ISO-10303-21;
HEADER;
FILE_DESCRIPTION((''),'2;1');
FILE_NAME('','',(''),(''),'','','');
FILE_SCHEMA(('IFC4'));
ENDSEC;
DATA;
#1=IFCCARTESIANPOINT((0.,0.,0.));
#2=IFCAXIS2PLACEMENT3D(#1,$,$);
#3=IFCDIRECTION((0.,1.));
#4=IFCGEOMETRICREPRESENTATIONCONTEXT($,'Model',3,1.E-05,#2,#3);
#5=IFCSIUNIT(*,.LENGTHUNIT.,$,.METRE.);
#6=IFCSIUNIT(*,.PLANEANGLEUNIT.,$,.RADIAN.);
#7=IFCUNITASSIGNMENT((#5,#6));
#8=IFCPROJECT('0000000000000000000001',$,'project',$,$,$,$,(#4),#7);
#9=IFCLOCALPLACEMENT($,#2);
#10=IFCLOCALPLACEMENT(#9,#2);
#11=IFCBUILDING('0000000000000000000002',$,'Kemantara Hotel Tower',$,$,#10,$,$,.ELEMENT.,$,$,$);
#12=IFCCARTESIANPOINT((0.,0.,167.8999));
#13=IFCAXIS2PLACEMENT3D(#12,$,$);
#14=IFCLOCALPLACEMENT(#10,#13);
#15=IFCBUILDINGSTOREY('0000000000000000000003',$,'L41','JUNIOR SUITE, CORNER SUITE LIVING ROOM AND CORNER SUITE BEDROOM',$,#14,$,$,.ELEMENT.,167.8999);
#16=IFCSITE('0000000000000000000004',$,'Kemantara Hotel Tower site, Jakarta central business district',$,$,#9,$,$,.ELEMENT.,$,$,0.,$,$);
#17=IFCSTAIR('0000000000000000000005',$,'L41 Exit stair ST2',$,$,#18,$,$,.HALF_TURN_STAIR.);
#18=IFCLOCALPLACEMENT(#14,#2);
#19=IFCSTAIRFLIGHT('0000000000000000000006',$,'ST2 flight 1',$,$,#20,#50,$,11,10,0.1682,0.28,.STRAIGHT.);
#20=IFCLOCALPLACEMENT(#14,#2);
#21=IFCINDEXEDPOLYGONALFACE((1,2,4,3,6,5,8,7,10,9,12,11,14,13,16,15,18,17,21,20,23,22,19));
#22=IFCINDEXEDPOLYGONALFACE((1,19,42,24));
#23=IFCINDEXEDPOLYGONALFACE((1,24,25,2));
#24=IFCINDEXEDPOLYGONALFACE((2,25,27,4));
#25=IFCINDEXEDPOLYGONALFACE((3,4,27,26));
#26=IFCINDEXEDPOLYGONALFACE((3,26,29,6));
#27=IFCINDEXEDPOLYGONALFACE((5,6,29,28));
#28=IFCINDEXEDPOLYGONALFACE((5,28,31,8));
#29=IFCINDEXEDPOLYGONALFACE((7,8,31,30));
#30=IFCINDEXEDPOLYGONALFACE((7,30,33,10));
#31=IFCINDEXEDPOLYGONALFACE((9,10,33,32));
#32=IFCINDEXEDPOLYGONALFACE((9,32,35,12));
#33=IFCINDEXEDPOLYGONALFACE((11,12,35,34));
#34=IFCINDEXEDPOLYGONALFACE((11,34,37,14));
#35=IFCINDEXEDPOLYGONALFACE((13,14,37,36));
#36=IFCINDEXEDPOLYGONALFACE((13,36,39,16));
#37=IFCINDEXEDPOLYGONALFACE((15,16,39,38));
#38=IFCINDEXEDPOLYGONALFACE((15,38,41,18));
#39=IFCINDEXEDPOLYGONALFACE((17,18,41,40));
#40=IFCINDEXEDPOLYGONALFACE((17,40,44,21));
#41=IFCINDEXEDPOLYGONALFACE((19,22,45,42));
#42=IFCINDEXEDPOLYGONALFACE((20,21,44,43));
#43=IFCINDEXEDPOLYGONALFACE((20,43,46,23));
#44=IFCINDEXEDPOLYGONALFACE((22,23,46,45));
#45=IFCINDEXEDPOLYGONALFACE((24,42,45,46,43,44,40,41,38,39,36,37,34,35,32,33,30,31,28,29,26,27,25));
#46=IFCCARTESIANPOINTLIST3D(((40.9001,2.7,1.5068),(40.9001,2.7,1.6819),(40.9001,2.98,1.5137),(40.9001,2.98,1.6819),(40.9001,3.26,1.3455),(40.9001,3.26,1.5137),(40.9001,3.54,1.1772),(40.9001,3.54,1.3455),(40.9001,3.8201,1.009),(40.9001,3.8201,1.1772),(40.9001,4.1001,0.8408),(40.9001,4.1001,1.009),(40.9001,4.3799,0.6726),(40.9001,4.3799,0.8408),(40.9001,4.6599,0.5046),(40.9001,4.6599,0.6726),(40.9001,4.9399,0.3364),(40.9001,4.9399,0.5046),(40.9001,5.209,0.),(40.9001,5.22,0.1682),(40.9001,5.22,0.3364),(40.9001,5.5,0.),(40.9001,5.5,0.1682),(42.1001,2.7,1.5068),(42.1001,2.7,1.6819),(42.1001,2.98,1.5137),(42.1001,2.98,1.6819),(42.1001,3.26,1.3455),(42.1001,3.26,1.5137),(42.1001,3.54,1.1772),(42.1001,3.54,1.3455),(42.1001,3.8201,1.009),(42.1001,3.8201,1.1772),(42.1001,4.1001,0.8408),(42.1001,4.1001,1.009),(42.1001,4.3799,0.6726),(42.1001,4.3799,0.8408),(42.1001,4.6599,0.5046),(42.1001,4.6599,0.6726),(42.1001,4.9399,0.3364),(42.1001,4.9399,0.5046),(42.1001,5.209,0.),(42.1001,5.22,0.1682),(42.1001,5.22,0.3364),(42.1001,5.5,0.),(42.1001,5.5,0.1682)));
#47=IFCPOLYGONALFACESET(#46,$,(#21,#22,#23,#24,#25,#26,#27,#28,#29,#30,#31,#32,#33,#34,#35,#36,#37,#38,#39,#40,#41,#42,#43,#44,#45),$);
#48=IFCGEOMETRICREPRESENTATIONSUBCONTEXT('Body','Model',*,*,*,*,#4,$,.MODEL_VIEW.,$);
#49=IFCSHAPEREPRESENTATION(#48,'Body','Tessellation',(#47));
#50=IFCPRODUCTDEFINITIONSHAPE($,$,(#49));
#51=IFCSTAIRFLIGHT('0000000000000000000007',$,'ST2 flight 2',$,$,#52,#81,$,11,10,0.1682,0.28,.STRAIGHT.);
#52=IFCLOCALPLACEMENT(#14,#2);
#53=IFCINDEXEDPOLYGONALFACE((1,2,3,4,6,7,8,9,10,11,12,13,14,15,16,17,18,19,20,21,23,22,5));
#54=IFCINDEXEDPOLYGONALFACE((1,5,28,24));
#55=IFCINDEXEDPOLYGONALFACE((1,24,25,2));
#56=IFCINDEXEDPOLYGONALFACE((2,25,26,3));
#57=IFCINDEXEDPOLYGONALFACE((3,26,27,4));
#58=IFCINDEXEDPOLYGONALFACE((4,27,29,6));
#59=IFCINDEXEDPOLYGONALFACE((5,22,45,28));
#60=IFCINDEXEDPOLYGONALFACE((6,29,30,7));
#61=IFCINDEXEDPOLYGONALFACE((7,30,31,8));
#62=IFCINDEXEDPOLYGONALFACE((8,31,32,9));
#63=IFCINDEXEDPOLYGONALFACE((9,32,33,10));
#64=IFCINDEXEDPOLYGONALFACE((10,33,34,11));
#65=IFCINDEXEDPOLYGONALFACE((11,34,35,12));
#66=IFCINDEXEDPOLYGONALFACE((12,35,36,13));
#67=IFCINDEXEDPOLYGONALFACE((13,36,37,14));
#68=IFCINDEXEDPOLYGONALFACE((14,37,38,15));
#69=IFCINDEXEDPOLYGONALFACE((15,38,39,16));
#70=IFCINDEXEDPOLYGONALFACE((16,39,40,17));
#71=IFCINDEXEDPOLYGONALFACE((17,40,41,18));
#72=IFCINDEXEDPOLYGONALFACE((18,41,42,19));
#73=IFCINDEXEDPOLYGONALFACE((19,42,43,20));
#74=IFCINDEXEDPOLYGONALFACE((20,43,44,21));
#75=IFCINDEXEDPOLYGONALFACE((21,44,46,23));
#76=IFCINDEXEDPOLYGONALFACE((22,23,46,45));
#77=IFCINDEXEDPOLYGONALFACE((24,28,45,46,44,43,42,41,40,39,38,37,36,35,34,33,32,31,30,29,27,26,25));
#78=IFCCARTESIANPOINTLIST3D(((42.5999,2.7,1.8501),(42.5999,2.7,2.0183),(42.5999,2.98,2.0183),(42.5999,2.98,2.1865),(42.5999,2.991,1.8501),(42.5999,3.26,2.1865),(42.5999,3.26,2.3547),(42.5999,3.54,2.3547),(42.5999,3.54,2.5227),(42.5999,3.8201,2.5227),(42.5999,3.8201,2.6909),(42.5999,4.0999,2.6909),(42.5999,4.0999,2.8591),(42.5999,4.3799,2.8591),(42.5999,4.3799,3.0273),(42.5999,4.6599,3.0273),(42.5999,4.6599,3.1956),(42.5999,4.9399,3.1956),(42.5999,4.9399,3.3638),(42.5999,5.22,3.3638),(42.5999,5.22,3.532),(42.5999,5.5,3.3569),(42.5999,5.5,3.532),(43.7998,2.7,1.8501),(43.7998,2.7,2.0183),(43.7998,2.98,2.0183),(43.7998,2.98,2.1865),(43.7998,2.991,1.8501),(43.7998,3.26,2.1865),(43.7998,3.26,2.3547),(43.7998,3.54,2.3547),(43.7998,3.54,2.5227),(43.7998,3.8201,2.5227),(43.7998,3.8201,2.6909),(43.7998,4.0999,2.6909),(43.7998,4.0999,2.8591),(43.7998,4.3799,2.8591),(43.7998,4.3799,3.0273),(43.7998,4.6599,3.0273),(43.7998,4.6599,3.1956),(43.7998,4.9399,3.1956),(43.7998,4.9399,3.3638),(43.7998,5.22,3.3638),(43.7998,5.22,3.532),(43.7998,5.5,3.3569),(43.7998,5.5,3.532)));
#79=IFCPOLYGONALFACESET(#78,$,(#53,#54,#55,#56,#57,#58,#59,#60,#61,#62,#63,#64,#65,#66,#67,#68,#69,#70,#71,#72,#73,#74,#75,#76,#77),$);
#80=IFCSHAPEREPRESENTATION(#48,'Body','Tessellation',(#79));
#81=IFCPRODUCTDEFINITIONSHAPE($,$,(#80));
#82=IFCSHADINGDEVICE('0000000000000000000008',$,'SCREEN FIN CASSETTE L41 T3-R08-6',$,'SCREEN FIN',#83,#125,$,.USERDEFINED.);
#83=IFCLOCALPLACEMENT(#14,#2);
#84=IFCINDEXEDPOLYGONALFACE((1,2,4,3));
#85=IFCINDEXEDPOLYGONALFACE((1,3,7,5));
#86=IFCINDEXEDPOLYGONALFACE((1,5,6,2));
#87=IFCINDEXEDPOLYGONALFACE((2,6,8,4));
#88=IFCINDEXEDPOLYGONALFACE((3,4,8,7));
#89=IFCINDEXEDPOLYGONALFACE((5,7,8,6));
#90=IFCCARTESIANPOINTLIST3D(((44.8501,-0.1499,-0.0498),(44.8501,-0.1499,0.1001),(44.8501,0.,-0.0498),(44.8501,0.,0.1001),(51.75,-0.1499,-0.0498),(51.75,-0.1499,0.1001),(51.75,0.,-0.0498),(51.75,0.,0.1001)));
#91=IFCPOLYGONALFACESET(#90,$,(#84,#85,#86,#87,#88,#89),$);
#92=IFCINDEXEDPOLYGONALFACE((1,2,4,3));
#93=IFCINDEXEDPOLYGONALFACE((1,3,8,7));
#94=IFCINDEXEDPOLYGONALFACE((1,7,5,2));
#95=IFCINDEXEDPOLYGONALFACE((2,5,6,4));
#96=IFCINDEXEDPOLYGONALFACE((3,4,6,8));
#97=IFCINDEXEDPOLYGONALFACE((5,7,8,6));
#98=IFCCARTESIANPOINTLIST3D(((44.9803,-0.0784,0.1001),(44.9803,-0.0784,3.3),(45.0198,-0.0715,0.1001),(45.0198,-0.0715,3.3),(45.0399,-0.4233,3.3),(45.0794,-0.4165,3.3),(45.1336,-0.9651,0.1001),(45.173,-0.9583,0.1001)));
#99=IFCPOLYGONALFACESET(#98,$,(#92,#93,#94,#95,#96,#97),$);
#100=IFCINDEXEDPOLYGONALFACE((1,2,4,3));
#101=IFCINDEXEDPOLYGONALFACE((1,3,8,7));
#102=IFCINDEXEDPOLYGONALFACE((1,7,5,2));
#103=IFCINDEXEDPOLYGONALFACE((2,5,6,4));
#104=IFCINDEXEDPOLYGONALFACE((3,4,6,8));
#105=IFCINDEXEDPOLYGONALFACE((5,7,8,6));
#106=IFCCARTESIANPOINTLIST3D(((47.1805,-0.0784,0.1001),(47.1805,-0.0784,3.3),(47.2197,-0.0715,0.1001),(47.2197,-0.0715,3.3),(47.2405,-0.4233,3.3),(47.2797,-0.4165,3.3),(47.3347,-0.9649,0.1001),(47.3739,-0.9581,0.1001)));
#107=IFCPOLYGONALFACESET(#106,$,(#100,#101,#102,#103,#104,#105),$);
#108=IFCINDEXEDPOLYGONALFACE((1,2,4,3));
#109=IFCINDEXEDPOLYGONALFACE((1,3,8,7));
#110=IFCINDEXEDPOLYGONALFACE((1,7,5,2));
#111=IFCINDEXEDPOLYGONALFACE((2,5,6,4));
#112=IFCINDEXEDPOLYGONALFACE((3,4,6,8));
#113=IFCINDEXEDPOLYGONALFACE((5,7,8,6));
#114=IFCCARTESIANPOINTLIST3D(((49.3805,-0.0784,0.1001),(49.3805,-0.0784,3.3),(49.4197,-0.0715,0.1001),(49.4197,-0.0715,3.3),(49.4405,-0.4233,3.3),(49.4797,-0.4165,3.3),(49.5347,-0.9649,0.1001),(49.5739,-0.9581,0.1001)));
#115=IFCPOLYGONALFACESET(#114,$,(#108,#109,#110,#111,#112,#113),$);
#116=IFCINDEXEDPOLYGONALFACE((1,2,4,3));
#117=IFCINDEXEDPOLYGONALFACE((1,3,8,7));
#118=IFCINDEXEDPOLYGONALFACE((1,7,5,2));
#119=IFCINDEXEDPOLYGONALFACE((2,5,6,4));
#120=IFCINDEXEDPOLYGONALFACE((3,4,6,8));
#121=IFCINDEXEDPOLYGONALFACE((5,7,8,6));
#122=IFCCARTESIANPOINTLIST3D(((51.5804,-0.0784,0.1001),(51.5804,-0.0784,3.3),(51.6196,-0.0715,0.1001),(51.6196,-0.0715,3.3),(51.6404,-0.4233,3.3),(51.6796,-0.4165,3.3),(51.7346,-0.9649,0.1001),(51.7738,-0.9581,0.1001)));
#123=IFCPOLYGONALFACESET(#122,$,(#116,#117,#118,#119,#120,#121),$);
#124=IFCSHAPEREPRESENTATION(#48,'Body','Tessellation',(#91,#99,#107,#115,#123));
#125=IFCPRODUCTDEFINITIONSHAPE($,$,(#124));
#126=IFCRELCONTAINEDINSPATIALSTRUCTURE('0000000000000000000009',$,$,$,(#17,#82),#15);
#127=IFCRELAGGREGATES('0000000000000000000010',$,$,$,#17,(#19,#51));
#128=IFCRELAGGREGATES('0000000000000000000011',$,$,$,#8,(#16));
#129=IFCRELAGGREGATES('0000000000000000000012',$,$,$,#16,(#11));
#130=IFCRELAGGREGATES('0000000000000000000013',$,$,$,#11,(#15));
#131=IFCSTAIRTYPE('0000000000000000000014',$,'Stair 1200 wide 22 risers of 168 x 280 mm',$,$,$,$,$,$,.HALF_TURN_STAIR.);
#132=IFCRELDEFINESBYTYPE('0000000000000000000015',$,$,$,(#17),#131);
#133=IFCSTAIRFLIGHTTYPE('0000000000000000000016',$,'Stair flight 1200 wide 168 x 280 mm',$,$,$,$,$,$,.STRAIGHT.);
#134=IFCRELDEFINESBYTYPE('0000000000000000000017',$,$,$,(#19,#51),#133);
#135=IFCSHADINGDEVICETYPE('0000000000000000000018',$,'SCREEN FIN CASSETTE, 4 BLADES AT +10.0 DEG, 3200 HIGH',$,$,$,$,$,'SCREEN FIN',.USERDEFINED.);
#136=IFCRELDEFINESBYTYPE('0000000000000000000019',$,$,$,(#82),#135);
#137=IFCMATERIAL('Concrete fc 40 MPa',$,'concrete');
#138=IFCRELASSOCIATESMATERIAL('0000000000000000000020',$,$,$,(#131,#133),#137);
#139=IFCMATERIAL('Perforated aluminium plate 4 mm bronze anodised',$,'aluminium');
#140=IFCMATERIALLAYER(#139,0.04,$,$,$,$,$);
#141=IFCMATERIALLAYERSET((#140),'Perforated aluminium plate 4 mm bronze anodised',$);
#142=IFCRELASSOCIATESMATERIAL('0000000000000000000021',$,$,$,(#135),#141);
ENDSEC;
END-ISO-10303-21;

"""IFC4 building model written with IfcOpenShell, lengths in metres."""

from ifc_helpers import new_model, si_unit, direction, frame, origin, origin_2d, place, context, subcontext, project, spatial, polyline, rectangle, outline, extrude, source, transform, mapped, material, layer, layer_set, type_object, element, aggregate, save


model = new_model("IFC4")

# Units and contexts
model_context = context("Model", 3, precision=1e-05, world=origin(), true_north=direction((0.0, 1.0)))
body_context = subcontext(model_context, "Body", "Model", "MODEL_VIEW")
ifc_project = project(units=[si_unit("LENGTHUNIT", "METRE"), si_unit("PLANEANGLEUNIT", "RADIAN")], contexts=[model_context])

# Site, building, storey
site_placement = place(None, origin())
site = spatial("IfcSite", under=ifc_project, at=site_placement, Name="Kemantara Hotel Tower site, Jakarta central business district", CompositionType="ELEMENT", RefElevation=0.0)
building_placement = place(site_placement, origin())
building = spatial("IfcBuilding", under=site, at=building_placement, Name="Kemantara Hotel Tower", CompositionType="ELEMENT")
storey_placement = place(building_placement, frame((0.0, 0.0, 167.8999)))
storey = spatial("IfcBuildingStorey", under=building, at=storey_placement, Name="L41", Description="JUNIOR SUITE, CORNER SUITE LIVING ROOM AND CORNER SUITE BEDROOM", CompositionType="ELEMENT", Elevation=167.8999)

# Stair, stair flights
ifc_material_1 = material(Name="Concrete fc 40 MPa", Category="concrete")
stair_type = type_object("IfcStairType", Name="Stair 1200 wide 22 risers of 168 x 280 mm", PredefinedType="HALF_TURN_STAIR", material=ifc_material_1)
stair_placement = place(storey_placement, origin())
stair = element("IfcStair", 1, at=stair_placement, inside=storey, type_object=stair_type, Name="L41 Exit stair ST2", PredefinedType="HALF_TURN_STAIR")
stair_flight_type = type_object("IfcStairFlightType", Name="Stair flight 1200 wide 168 x 280 mm", PredefinedType="STRAIGHT", material=ifc_material_1)
stair_flight_1_placement = place(storey_placement, frame((41.5, 5.5, 0.0), z_axis=(0.0, 0.0, 1.0), x_axis=(0.0, -1.0, 0.0)))
stair_flight_1 = element("IfcStairFlight", 2, at=stair_flight_1_placement, type_object=stair_flight_type, Name="ST2 flight 1", NumberOfRisers=11, NumberOfTreads=10, PredefinedType="STRAIGHT", RiserHeight=0.1682, TreadLength=0.28, context=body_context, shape_type="SweptSolid", body=[
    extrude(outline(polyline([(0.0, 0.0), (0.0, 0.1682), (0.28, 0.1682), (0.28, 0.3364), (0.5601, 0.3364), (0.5601, 0.5046), (0.8401, 0.5046), (0.8401, 0.6726), (1.1201, 0.6726), (1.1201, 0.8408), (1.3999, 0.8408), (1.3999, 1.009), (1.6799, 1.009), (1.6799, 1.1772), (1.96, 1.1772), (1.96, 1.3455), (2.24, 1.3455), (2.24, 1.5137), (2.52, 1.5137), (2.52, 1.6819), (2.8, 1.6819), (2.8, 1.8501), (2.8, 1.5068), (0.291, 0.0), (0.0, 0.0)])), frame((0.0, 0.6001, 0.0), z_axis=(0.0, -1.0, 0.0), x_axis=(1.0, 0.0, 0.0)), (0.0, 0.0, 1.0), 1.2),
])
stair_flight_2_placement = place(storey_placement, frame((43.2, 2.7, 1.8501), z_axis=(0.0, 0.0, 1.0), x_axis=(0.0, 1.0, 0.0)))
stair_flight_2 = element("IfcStairFlight", 3, at=stair_flight_2_placement, type_object=stair_flight_type, Name="ST2 flight 2", NumberOfRisers=11, NumberOfTreads=10, PredefinedType="STRAIGHT", RiserHeight=0.1682, TreadLength=0.28, context=body_context, shape_type="SweptSolid", body=[
    extrude(outline(polyline([(0.0, 0.0), (0.0, 0.1682), (0.28, 0.1682), (0.28, 0.3364), (0.5601, 0.3364), (0.5601, 0.5046), (0.8401, 0.5046), (0.8401, 0.6726), (1.1201, 0.6726), (1.1201, 0.8408), (1.3999, 0.8408), (1.3999, 1.009), (1.6799, 1.009), (1.6799, 1.1772), (1.96, 1.1772), (1.96, 1.3455), (2.24, 1.3455), (2.24, 1.5137), (2.52, 1.5137), (2.52, 1.6819), (2.8, 1.6819), (2.8, 1.8501), (2.8, 1.5068), (0.291, 0.0), (0.0, 0.0)])), frame((0.0, 0.6001, 0.0), z_axis=(0.0, -1.0, 0.0), x_axis=(1.0, 0.0, 0.0)), (0.0, 0.0, 1.0), 1.2),
])
aggregate(stair, [stair_flight_1, stair_flight_2])

# Shading device
ifc_material_2 = material(Name="Perforated aluminium plate 4 mm bronze anodised", Category="aluminium")
ifc_layer_1 = layer(ifc_material_2, 0.04)
ifc_layer_set_1 = layer_set([ifc_layer_1], Name="Perforated aluminium plate 4 mm bronze anodised")
shading_device_type = type_object("IfcShadingDeviceType", Name="SCREEN FIN CASSETTE, 4 BLADES AT +10.0 DEG, 3200 HIGH", ElementType="SCREEN FIN", PredefinedType="USERDEFINED", material=ifc_layer_set_1)
shared_shape = source(origin(), body_context, "Body", "SweptSolid", [
    extrude(rectangle(XDim=6.8999, YDim=0.1499, at=origin_2d()), frame((3.3, -0.075, -0.1499), z_axis=(0.0, 0.0, 1.0), x_axis=(1.0, 0.0, 0.0)), (0.0, 0.0, 1.0), 0.1499),
    extrude(outline(polyline([(0.0, 0.0), (0.8999, 0.0), (0.3501, 3.2), (0.0, 3.2), (0.0, 0.0)])), frame((0.0198, -0.0715, 0.0), z_axis=(-0.98539, -0.170314, 0.0), x_axis=(0.170314, -0.98539, 0.0)), (0.0, 0.0, 1.0), 0.04),
    extrude(outline(polyline([(0.0, 0.0), (0.8999, 0.0), (0.3501, 3.2), (0.0, 3.2), (0.0, 0.0)])), frame((2.2197, -0.0715, 0.0), z_axis=(-0.985212, -0.171341, 0.0), x_axis=(0.171341, -0.985212, 0.0)), (0.0, 0.0, 1.0), 0.0398),
    extrude(outline(polyline([(0.0, 0.0), (0.8999, 0.0), (0.3501, 3.2), (0.0, 3.2), (0.0, 0.0)])), frame((4.4197, -0.0715, 0.0), z_axis=(-0.985212, -0.171341, 0.0), x_axis=(0.171341, -0.985212, 0.0)), (0.0, 0.0, 1.0), 0.0398),
    extrude(outline(polyline([(0.0, 0.0), (0.8999, 0.0), (0.3501, 3.2), (0.0, 3.2), (0.0, 0.0)])), frame((6.6196, -0.0715, 0.0), z_axis=(-0.985212, -0.171341, 0.0), x_axis=(0.171341, -0.985212, 0.0)), (0.0, 0.0, 1.0), 0.0398),
])
shading_device_placement = place(storey_placement, frame((45.0, 0.0, 0.1001), z_axis=(0.0, 0.0, 1.0), x_axis=(1.0, 0.0, 0.0)))
element("IfcShadingDevice", 4, at=shading_device_placement, inside=storey, type_object=shading_device_type, Name="SCREEN FIN CASSETTE L41 T3-R08-6", ObjectType="SCREEN FIN", PredefinedType="USERDEFINED", context=body_context, shape_type="MappedRepresentation", body=[
    mapped(shared_shape, transform((0.0, 0.0, 0.0))),
])

save(model, "model.ifc")
